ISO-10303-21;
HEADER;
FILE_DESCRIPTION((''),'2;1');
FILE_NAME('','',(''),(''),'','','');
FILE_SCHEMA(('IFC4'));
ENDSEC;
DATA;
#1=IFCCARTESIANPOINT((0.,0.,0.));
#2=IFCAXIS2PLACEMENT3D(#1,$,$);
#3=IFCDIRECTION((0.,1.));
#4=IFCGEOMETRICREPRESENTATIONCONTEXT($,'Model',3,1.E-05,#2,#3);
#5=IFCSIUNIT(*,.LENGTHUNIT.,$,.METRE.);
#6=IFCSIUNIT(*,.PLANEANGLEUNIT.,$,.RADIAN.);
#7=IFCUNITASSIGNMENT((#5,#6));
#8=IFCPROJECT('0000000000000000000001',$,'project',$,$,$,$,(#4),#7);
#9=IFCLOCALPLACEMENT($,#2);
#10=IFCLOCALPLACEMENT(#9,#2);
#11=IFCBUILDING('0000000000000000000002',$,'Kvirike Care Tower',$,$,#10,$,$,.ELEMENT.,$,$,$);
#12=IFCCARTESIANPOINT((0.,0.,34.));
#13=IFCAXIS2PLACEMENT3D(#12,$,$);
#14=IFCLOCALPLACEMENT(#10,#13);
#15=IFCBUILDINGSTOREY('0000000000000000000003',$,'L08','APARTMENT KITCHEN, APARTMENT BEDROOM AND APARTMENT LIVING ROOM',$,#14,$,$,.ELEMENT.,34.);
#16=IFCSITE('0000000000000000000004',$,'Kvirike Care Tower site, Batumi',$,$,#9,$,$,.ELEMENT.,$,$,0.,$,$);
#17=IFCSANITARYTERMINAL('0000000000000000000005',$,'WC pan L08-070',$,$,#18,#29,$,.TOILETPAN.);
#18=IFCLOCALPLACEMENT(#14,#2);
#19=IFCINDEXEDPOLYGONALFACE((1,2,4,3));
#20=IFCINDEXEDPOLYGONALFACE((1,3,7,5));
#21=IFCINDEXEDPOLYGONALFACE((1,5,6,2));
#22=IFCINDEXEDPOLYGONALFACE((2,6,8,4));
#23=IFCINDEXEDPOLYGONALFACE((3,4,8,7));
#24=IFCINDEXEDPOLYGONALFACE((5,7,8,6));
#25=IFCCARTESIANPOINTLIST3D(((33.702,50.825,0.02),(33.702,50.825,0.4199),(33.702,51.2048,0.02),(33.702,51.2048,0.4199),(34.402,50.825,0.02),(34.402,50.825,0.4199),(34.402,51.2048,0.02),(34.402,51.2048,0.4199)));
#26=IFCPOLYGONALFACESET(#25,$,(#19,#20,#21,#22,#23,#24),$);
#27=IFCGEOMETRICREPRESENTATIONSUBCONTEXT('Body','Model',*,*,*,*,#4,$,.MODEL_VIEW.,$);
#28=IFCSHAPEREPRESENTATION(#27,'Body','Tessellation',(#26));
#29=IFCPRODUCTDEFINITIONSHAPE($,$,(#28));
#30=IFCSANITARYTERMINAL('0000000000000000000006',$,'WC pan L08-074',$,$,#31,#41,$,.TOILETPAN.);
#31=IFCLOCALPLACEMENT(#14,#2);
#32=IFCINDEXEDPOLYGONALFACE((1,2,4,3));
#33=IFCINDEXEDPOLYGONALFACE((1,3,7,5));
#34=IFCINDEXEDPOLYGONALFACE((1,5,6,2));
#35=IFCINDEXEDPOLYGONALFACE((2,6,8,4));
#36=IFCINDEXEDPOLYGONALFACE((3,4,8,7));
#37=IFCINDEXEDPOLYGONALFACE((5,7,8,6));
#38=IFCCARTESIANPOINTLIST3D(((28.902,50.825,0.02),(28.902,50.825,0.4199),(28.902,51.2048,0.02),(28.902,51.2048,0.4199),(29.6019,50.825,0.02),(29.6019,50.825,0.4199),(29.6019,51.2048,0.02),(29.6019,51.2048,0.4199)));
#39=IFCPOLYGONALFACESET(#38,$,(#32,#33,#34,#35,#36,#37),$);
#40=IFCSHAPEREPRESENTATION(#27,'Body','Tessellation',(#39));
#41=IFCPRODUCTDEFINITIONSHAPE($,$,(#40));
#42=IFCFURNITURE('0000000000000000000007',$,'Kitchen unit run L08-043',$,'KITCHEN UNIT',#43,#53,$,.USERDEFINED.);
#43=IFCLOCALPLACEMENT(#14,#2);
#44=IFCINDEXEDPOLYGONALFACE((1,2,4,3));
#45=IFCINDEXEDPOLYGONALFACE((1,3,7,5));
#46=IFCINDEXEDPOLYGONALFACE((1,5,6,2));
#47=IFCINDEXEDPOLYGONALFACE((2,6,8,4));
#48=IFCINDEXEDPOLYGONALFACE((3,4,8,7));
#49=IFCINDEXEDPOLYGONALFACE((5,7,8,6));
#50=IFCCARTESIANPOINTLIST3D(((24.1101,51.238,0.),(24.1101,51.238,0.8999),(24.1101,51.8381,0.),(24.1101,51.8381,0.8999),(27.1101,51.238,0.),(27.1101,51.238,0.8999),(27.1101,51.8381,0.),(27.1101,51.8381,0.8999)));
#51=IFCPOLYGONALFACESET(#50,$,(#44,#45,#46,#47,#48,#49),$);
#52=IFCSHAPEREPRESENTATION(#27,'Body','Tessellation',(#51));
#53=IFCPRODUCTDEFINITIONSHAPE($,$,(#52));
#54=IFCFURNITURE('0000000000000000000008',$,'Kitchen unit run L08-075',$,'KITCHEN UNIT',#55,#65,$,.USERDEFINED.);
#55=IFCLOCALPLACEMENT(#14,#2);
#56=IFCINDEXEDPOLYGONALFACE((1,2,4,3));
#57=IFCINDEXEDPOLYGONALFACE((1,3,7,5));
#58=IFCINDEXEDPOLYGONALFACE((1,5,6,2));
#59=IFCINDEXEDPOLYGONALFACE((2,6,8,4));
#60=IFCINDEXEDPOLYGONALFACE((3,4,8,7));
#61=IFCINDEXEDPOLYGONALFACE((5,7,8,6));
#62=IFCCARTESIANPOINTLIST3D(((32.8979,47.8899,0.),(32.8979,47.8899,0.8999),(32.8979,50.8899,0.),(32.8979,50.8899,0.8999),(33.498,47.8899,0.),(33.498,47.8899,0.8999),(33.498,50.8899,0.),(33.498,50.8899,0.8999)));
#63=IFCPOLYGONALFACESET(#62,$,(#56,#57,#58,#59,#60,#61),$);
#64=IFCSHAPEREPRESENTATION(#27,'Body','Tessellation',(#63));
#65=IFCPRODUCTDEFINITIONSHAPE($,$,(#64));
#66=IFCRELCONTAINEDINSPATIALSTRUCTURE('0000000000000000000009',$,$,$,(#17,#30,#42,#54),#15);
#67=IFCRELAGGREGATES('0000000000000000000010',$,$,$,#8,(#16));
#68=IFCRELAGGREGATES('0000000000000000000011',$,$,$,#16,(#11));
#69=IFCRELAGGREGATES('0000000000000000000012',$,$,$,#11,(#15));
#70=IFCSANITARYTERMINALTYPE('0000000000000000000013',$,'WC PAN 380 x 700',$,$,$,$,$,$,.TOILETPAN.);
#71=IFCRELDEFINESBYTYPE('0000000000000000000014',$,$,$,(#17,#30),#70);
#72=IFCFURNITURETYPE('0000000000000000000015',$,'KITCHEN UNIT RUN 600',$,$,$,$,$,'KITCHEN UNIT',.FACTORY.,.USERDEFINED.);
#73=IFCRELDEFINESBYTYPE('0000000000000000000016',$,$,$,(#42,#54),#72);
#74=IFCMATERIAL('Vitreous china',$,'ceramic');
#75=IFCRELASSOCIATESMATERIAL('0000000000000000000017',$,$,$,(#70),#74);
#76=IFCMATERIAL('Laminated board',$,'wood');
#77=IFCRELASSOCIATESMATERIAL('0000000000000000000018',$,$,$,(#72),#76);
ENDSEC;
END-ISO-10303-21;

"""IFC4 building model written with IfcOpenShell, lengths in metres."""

from ifc_helpers import new_model, si_unit, direction, frame, origin, origin_2d, place, context, subcontext, project, spatial, rectangle, extrude, material, type_object, element, save


model = new_model("IFC4")

# Units and contexts
model_context = context("Model", 3, precision=1e-05, world=origin(), true_north=direction((0.0, 1.0)))
body_context = subcontext(model_context, "Body", "Model", "MODEL_VIEW")
ifc_project = project(units=[si_unit("LENGTHUNIT", "METRE"), si_unit("PLANEANGLEUNIT", "RADIAN")], contexts=[model_context])

# Site, building, storey
site_placement = place(None, origin())
site = spatial("IfcSite", under=ifc_project, at=site_placement, Name="Kvirike Care Tower site, Batumi", CompositionType="ELEMENT", RefElevation=0.0)
building_placement = place(site_placement, origin())
building = spatial("IfcBuilding", under=site, at=building_placement, Name="Kvirike Care Tower", CompositionType="ELEMENT")
storey_placement = place(building_placement, frame((0.0, 0.0, 34.0)))
storey = spatial("IfcBuildingStorey", under=building, at=storey_placement, Name="L08", Description="APARTMENT KITCHEN, APARTMENT BEDROOM AND APARTMENT LIVING ROOM", CompositionType="ELEMENT", Elevation=34.0)

# Sanitary terminals
ifc_material_1 = material(Name="Vitreous china", Category="ceramic")
sanitary_terminal_type_1 = type_object("IfcSanitaryTerminalType", Name="WC PAN 380 x 700", PredefinedType="TOILETPAN", material=ifc_material_1)
for number, where, z_axis, x_axis, name in (
    (1, (34.052, 51.0149, 0.02), (0.0, 0.0, 1.0), (0.0, 1.0, 0.0), "WC pan L08-070"),
    (2, (29.252, 51.0149, 0.02), (0.0, 0.0, 1.0), (0.0, 1.0, 0.0), "WC pan L08-074"),
):
    element("IfcSanitaryTerminal", number, at=place(storey_placement, frame(where, z_axis=z_axis, x_axis=x_axis)), inside=storey, type_object=sanitary_terminal_type_1, Name=name, PredefinedType="TOILETPAN", context=body_context, shape_type="SweptSolid", body=[
        extrude(rectangle(XDim=0.3799, YDim=0.7, at=origin_2d()), origin(), (0.0, 0.0, 1.0), 0.3999),
    ])

# Furniture
ifc_material_2 = material(Name="Laminated board", Category="wood")
furniture_type = type_object("IfcFurnitureType", Name="KITCHEN UNIT RUN 600", ElementType="KITCHEN UNIT", AssemblyPlace="FACTORY", PredefinedType="USERDEFINED", material=ifc_material_2)
for number, where, z_axis, x_axis, name in (
    (3, (25.6101, 51.5381, 0.0), (0.0, 0.0, 1.0), (1.0, 0.0, 0.0), "Kitchen unit run L08-043"),
    (4, (33.198, 49.3899, 0.0), (0.0, 0.0, 1.0), (0.0, -1.0, 0.0), "Kitchen unit run L08-075"),
):
    element("IfcFurniture", number, at=place(storey_placement, frame(where, z_axis=z_axis, x_axis=x_axis)), inside=storey, type_object=furniture_type, Name=name, ObjectType="KITCHEN UNIT", PredefinedType="USERDEFINED", context=body_context, shape_type="SweptSolid", body=[
        extrude(rectangle(XDim=3.0, YDim=0.6001, at=origin_2d()), origin(), (0.0, 0.0, 1.0), 0.8999),
    ])

save(model, "model.ifc")
